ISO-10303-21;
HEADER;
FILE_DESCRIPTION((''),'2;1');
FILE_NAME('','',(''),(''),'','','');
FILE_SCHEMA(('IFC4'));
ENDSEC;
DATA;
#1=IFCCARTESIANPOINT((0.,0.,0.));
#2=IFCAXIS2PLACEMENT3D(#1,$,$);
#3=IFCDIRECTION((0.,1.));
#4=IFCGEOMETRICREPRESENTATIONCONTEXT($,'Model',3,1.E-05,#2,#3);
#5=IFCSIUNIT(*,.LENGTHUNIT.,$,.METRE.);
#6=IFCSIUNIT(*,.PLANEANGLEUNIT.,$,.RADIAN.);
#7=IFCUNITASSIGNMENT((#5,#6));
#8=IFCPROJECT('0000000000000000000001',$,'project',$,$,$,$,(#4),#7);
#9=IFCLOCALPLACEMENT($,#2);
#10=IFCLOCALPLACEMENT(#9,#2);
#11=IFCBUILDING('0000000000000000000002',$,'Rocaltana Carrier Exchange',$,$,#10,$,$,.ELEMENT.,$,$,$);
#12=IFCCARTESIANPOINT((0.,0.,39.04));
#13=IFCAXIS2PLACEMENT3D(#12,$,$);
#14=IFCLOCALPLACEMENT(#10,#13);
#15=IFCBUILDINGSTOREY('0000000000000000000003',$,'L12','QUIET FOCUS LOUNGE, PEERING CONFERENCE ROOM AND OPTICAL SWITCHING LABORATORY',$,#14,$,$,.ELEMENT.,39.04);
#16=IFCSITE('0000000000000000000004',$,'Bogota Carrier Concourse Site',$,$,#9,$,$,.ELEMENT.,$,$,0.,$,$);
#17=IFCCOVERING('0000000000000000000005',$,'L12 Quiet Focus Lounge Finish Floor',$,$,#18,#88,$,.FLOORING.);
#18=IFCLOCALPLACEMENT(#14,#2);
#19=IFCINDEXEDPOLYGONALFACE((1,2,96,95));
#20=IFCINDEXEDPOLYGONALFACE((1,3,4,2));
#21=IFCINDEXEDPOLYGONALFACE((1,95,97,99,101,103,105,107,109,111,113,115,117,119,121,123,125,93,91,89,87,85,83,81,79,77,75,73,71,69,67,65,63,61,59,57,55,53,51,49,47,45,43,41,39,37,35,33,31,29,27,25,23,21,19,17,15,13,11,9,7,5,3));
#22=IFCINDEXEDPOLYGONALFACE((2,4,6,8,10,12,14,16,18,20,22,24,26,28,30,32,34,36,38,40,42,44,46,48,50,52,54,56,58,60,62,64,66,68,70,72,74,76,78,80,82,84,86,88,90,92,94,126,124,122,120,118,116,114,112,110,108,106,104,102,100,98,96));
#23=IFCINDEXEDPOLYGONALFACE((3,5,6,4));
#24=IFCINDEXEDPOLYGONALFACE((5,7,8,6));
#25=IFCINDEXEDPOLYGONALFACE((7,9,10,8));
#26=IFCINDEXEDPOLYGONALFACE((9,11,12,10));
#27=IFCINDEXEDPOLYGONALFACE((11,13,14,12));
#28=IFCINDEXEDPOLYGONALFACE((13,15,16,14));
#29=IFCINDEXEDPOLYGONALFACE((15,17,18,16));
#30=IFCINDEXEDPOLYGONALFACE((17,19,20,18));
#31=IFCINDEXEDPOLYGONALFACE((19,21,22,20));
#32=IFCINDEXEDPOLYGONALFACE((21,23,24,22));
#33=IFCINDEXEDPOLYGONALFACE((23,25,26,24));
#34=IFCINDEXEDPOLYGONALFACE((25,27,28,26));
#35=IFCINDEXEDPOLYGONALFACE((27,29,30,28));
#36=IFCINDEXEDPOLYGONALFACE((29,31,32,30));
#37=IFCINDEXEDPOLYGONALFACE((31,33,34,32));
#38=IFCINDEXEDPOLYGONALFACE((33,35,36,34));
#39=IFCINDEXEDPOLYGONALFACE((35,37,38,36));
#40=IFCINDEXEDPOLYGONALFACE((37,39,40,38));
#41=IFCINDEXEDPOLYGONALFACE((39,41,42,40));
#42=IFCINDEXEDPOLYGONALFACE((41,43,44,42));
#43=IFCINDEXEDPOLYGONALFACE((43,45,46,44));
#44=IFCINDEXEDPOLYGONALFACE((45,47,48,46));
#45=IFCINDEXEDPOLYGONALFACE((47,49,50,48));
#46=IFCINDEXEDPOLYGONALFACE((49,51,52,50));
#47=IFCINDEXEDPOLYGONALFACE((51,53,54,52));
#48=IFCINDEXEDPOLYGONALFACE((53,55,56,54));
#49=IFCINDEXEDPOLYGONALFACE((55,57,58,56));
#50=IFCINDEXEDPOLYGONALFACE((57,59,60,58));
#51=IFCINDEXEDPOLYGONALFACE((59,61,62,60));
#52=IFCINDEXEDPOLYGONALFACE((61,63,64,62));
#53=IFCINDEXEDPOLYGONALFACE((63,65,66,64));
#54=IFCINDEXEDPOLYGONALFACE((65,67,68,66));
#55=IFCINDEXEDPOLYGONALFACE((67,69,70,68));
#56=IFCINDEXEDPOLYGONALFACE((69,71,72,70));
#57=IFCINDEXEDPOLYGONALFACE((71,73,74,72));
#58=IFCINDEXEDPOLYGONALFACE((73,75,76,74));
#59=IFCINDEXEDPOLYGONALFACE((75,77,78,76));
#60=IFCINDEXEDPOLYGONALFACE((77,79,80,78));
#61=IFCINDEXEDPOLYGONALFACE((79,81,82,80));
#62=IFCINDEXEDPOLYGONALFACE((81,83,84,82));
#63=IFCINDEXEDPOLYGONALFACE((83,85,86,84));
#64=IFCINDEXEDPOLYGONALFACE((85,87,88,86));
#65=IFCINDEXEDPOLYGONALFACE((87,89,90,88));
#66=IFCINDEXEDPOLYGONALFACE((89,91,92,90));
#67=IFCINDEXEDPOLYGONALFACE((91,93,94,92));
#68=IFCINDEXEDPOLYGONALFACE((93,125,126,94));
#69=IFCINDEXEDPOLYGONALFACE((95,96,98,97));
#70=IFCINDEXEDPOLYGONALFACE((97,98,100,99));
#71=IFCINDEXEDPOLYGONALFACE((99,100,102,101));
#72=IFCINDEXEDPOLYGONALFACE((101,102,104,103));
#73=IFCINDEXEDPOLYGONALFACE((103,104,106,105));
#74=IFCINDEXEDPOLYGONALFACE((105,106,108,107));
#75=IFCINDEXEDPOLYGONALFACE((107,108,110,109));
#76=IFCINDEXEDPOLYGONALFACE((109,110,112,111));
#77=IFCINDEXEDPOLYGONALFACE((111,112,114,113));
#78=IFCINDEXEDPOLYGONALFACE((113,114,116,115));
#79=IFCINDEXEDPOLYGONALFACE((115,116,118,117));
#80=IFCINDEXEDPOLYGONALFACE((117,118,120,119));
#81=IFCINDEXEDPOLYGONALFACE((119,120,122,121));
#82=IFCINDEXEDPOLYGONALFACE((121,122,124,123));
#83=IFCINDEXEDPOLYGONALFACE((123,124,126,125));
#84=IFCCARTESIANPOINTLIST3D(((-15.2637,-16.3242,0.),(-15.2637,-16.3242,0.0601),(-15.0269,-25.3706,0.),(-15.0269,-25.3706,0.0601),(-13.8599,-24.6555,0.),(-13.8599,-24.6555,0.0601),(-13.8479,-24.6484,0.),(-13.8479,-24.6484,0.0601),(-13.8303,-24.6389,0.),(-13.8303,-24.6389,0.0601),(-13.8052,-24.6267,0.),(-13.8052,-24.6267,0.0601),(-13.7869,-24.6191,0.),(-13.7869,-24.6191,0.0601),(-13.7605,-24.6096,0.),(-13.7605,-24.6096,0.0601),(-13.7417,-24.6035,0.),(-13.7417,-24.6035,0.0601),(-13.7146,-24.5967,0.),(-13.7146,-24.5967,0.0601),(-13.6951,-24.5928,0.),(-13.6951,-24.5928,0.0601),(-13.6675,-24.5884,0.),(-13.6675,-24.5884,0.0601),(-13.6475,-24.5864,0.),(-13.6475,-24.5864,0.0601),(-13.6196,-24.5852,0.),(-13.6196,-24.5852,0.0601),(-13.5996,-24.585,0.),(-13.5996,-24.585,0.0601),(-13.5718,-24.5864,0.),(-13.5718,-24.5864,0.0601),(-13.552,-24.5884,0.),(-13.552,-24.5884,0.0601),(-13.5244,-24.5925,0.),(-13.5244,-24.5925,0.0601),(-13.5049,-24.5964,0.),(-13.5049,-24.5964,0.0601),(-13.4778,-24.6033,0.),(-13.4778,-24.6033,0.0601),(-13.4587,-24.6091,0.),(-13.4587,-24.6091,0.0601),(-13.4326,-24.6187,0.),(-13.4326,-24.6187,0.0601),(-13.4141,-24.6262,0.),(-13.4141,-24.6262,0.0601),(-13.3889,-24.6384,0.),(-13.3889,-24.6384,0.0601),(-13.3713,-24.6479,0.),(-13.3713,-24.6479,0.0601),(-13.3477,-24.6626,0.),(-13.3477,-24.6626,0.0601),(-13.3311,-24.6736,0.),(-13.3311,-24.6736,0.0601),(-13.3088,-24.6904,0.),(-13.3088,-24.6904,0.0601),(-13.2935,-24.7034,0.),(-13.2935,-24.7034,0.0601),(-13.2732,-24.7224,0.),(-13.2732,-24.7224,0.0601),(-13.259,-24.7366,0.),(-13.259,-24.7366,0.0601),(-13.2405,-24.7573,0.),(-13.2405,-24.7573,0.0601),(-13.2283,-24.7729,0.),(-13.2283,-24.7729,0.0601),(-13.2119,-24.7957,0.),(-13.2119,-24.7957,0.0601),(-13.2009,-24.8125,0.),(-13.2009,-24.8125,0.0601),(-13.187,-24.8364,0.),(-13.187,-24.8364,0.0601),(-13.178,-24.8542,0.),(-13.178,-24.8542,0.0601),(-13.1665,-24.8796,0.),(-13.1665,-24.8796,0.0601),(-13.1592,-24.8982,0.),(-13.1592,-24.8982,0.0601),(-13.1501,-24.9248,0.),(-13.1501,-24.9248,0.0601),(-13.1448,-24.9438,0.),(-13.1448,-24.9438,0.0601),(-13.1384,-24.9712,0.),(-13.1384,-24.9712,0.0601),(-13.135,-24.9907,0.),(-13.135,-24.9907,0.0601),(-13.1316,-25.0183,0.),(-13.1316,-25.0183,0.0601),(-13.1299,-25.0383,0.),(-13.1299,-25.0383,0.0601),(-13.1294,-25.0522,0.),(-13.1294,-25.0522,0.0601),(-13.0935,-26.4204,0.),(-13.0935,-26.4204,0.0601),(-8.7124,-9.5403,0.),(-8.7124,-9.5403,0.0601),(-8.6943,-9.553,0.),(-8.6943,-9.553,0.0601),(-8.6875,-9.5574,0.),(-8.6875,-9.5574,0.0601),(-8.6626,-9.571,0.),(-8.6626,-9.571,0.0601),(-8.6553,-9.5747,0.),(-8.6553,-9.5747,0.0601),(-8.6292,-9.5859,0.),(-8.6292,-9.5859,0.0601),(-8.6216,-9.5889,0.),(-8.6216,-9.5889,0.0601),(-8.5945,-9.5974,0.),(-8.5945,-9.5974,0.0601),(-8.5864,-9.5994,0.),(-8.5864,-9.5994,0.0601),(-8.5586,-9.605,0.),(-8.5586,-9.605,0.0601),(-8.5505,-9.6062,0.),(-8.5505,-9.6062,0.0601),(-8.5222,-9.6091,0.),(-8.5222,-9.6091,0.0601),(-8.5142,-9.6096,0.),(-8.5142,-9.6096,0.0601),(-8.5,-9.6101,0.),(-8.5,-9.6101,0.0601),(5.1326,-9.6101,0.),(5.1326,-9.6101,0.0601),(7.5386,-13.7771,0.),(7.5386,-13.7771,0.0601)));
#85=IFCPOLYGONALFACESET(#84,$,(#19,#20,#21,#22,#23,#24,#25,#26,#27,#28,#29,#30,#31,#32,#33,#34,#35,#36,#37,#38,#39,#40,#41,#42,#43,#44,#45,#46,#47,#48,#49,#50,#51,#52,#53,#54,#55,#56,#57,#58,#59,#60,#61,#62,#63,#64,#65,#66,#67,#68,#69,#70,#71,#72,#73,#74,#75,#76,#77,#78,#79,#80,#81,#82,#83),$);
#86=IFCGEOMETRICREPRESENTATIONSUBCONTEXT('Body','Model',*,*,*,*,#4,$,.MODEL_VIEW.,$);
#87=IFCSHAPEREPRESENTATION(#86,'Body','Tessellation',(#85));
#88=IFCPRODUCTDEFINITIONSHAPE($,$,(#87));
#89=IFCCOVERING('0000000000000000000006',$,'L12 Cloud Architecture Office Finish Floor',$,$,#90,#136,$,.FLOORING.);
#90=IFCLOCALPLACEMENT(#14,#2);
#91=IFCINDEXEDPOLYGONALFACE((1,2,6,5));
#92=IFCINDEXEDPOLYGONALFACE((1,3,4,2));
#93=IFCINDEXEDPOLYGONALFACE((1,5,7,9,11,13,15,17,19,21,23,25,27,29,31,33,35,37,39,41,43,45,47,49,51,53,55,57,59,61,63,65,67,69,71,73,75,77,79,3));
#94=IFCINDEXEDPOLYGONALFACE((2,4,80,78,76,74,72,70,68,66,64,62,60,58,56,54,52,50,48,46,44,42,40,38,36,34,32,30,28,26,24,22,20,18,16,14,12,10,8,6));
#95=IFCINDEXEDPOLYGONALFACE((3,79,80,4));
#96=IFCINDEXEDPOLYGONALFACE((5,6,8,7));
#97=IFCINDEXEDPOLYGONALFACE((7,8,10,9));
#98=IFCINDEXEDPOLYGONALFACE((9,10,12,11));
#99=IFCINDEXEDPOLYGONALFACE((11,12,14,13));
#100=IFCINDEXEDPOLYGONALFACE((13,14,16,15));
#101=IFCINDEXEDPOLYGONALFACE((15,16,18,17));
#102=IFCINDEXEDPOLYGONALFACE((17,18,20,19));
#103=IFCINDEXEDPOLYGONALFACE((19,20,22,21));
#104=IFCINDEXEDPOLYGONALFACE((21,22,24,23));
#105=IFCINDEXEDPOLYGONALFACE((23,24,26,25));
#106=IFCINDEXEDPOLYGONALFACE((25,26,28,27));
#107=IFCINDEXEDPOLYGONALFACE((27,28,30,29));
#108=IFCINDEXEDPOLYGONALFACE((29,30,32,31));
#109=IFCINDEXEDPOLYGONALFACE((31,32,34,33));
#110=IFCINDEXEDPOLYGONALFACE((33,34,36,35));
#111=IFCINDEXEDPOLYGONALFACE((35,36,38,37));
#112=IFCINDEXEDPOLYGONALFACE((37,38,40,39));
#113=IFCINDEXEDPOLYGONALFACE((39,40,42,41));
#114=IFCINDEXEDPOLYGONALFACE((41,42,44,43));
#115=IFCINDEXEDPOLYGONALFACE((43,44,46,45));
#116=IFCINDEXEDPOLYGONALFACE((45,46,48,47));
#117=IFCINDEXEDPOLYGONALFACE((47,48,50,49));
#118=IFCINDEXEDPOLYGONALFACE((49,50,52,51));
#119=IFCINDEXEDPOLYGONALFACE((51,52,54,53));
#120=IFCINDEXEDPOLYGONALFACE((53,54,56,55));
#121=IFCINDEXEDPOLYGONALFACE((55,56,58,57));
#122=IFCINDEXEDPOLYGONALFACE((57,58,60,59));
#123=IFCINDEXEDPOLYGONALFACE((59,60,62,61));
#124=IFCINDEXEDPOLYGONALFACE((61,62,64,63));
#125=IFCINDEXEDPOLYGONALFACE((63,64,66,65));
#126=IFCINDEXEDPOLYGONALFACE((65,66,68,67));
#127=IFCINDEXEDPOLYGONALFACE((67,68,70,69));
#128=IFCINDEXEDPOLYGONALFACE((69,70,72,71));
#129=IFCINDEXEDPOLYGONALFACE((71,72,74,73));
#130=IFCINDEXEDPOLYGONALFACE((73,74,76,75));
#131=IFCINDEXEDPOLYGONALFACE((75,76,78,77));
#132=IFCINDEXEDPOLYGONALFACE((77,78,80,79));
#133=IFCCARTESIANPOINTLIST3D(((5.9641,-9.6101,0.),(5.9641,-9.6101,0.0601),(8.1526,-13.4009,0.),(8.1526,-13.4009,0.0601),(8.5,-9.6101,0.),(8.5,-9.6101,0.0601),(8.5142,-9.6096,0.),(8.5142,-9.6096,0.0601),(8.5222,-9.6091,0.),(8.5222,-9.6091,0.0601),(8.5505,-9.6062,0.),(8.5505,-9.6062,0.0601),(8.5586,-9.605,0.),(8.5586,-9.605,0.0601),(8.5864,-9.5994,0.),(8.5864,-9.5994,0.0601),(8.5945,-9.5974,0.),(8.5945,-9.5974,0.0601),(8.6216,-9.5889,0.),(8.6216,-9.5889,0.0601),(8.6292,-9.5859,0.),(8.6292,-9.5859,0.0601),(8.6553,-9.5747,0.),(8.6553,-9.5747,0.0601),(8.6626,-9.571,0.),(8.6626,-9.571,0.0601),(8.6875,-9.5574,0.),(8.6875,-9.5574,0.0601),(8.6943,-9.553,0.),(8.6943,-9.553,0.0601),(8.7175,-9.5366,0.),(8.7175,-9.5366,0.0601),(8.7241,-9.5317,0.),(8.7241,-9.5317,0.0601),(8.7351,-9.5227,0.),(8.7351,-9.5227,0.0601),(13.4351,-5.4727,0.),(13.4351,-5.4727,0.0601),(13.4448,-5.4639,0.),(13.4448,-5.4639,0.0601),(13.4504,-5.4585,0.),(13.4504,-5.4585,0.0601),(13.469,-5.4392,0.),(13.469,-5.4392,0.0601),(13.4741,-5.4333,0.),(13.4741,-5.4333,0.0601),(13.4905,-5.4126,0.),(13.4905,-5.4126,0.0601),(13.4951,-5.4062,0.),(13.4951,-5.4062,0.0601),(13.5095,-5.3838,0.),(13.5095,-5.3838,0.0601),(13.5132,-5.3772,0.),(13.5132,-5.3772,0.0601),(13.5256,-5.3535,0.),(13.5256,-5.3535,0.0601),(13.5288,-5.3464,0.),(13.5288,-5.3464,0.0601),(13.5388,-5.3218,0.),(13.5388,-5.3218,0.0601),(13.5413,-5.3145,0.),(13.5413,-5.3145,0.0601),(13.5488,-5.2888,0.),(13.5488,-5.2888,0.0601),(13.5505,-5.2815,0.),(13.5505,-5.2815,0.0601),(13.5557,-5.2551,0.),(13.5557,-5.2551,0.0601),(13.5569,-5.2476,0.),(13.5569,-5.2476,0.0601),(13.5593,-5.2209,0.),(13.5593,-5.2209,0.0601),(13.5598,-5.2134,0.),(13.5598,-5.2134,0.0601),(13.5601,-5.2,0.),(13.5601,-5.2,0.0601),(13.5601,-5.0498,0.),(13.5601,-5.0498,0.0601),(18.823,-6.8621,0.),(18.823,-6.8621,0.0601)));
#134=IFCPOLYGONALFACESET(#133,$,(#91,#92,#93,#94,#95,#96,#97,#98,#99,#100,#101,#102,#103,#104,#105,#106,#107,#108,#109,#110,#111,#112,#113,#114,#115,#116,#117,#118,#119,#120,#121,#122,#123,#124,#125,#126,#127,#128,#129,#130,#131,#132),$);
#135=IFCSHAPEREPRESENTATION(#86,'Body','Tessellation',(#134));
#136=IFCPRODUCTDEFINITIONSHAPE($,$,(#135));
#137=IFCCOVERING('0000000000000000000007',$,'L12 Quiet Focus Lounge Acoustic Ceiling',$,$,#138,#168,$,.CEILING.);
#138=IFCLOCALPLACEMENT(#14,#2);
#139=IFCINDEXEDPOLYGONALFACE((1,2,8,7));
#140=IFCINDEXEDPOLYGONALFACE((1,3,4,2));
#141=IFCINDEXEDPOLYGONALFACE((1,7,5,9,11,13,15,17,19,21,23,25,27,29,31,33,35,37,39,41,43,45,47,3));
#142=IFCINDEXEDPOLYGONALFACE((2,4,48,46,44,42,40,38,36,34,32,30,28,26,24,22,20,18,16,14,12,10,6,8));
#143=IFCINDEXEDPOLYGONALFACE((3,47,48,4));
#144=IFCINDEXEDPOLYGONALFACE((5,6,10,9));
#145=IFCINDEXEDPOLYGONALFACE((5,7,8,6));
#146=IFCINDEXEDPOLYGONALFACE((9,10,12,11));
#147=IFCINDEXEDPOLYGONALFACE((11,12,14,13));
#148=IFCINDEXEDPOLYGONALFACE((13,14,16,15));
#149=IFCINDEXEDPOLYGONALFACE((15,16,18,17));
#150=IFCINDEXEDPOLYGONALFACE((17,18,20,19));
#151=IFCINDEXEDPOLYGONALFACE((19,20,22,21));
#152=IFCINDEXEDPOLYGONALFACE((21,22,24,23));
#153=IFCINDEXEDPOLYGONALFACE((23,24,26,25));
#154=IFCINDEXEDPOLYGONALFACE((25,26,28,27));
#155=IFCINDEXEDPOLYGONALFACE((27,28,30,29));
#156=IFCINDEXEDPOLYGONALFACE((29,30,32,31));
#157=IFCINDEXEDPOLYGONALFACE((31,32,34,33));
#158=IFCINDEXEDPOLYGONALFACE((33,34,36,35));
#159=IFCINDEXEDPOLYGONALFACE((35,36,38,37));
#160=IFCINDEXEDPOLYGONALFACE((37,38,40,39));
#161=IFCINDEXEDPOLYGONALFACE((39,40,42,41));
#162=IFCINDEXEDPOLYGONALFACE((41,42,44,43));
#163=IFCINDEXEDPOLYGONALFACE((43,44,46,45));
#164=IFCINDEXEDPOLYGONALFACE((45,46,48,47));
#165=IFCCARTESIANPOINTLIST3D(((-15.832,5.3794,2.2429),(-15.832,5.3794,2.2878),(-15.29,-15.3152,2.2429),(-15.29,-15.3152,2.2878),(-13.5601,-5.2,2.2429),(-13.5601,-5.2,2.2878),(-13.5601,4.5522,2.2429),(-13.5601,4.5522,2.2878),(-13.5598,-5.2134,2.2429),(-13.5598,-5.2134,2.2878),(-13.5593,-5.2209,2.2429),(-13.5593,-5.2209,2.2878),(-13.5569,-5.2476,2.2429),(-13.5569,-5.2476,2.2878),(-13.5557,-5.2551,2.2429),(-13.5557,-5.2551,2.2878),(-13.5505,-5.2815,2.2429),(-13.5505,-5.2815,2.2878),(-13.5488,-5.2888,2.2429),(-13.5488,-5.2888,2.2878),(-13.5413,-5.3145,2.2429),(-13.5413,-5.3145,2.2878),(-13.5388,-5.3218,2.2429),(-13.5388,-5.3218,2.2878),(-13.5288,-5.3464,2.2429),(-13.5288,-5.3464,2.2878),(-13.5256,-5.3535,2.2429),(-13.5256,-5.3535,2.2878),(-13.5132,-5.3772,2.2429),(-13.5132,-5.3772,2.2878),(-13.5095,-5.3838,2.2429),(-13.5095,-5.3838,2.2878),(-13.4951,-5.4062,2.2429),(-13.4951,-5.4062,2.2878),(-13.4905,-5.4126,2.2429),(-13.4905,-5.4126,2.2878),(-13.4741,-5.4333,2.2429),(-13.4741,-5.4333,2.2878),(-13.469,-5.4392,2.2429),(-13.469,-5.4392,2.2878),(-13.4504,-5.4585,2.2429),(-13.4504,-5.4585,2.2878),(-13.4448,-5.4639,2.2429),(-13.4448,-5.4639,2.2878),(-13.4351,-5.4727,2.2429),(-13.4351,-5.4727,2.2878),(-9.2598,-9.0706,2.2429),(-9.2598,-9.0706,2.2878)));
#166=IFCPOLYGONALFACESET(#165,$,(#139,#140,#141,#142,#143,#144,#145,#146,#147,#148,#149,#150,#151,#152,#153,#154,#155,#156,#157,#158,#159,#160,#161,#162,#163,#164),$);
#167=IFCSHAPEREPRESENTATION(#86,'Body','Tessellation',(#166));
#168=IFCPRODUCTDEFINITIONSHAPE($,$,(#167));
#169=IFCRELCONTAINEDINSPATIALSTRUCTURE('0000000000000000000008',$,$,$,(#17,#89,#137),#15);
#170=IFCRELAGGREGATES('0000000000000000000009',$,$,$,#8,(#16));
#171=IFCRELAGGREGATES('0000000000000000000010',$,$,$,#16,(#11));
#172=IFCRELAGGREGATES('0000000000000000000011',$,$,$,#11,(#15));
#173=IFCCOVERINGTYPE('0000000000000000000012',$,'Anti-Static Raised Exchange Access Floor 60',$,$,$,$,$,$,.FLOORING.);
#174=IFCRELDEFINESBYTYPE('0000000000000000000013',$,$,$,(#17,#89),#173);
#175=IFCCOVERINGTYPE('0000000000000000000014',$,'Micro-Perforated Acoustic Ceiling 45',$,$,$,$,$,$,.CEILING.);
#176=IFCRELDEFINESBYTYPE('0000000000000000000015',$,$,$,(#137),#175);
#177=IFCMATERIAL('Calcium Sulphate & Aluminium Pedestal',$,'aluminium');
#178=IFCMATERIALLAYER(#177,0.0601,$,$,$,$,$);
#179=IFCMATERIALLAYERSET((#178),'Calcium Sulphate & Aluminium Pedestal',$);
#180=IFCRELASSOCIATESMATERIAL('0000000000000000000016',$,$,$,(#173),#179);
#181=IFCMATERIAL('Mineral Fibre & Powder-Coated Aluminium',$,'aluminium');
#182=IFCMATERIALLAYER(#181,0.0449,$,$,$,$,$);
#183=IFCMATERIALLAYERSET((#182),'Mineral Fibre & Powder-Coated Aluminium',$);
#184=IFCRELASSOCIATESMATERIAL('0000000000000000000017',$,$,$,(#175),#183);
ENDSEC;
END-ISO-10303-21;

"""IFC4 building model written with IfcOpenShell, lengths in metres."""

from ifc_helpers import new_model, si_unit, direction, frame, origin, place, context, subcontext, project, spatial, polyline, outline, extrude, material, layer, layer_set, type_object, element, save


model = new_model("IFC4")

# Units and contexts
model_context = context("Model", 3, precision=1e-05, world=origin(), true_north=direction((0.0, 1.0)))
body_context = subcontext(model_context, "Body", "Model", "MODEL_VIEW")
ifc_project = project(units=[si_unit("LENGTHUNIT", "METRE"), si_unit("PLANEANGLEUNIT", "RADIAN")], contexts=[model_context])

# Site, building, storey
site_placement = place(None, origin())
site = spatial("IfcSite", under=ifc_project, at=site_placement, Name="Bogota Carrier Concourse Site", CompositionType="ELEMENT", RefElevation=0.0)
building_placement = place(site_placement, origin())
building = spatial("IfcBuilding", under=site, at=building_placement, Name="Rocaltana Carrier Exchange", CompositionType="ELEMENT")
storey_placement = place(building_placement, frame((0.0, 0.0, 39.04)))
storey = spatial("IfcBuildingStorey", under=building, at=storey_placement, Name="L12", Description="QUIET FOCUS LOUNGE, PEERING CONFERENCE ROOM AND OPTICAL SWITCHING LABORATORY", CompositionType="ELEMENT", Elevation=39.04)

# Coverings
ifc_material_1 = material(Name="Calcium Sulphate & Aluminium Pedestal", Category="aluminium")
ifc_layer_1 = layer(ifc_material_1, 0.0601)
ifc_layer_set_1 = layer_set([ifc_layer_1], Name="Calcium Sulphate & Aluminium Pedestal")
covering_type_1 = type_object("IfcCoveringType", Name="Anti-Static Raised Exchange Access Floor 60", PredefinedType="FLOORING", material=ifc_layer_set_1)
covering_1_placement = place(storey_placement, origin())
element("IfcCovering", 1, at=covering_1_placement, inside=storey, type_object=covering_type_1, Name="L12 Quiet Focus Lounge Finish Floor", PredefinedType="FLOORING", context=body_context, shape_type="SweptSolid", body=[
    extrude(outline(polyline([(-13.1294, -25.0522), (-13.1299, -25.0383), (-13.1316, -25.0183), (-13.135, -24.9907), (-13.1384, -24.9712), (-13.1448, -24.9438), (-13.1501, -24.9248), (-13.1592, -24.8982), (-13.1665, -24.8796), (-13.178, -24.8542), (-13.187, -24.8364), (-13.2009, -24.8125), (-13.2119, -24.7957), (-13.2283, -24.7729), (-13.2405, -24.7573), (-13.259, -24.7366), (-13.2732, -24.7224), (-13.2935, -24.7034), (-13.3088, -24.6904), (-13.3311, -24.6736), (-13.3477, -24.6626), (-13.3713, -24.6479), (-13.3889, -24.6384), (-13.4141, -24.6262), (-13.4326, -24.6187), (-13.4587, -24.6091), (-13.4778, -24.6033), (-13.5049, -24.5964), (-13.5244, -24.5925), (-13.552, -24.5884), (-13.5718, -24.5864), (-13.5996, -24.585), (-13.6196, -24.5852), (-13.6475, -24.5864), (-13.6675, -24.5884), (-13.6951, -24.5928), (-13.7146, -24.5967), (-13.7417, -24.6035), (-13.7605, -24.6096), (-13.7869, -24.6191), (-13.8052, -24.6267), (-13.8303, -24.6389), (-13.8479, -24.6484), (-13.8599, -24.6555), (-15.0269, -25.3706), (-15.2637, -16.3242), (-8.7124, -9.5403), (-8.6943, -9.553), (-8.6875, -9.5574), (-8.6626, -9.571), (-8.6553, -9.5747), (-8.6292, -9.5859), (-8.6216, -9.5889), (-8.5945, -9.5974), (-8.5864, -9.5994), (-8.5586, -9.605), (-8.5505, -9.6062), (-8.5222, -9.6091), (-8.5142, -9.6096), (-8.5, -9.6101), (5.1326, -9.6101), (7.5386, -13.7771), (-13.0935, -26.4204), (-13.1294, -25.0522)])), origin(), (0.0, 0.0, 1.0), 0.0601),
])
covering_2_placement = place(storey_placement, origin())
element("IfcCovering", 2, at=covering_2_placement, inside=storey, type_object=covering_type_1, Name="L12 Cloud Architecture Office Finish Floor", PredefinedType="FLOORING", context=body_context, shape_type="SweptSolid", body=[
    extrude(outline(polyline([(8.1526, -13.4009), (5.9641, -9.6101), (8.5, -9.6101), (8.5142, -9.6096), (8.5222, -9.6091), (8.5505, -9.6062), (8.5586, -9.605), (8.5864, -9.5994), (8.5945, -9.5974), (8.6216, -9.5889), (8.6292, -9.5859), (8.6553, -9.5747), (8.6626, -9.571), (8.6875, -9.5574), (8.6943, -9.553), (8.7175, -9.5366), (8.7241, -9.5317), (8.7351, -9.5227), (13.4351, -5.4727), (13.4448, -5.4639), (13.4504, -5.4585), (13.469, -5.4392), (13.4741, -5.4333), (13.4905, -5.4126), (13.4951, -5.4062), (13.5095, -5.3838), (13.5132, -5.3772), (13.5256, -5.3535), (13.5288, -5.3464), (13.5388, -5.3218), (13.5413, -5.3145), (13.5488, -5.2888), (13.5505, -5.2815), (13.5557, -5.2551), (13.5569, -5.2476), (13.5593, -5.2209), (13.5598, -5.2134), (13.5601, -5.2), (13.5601, -5.0498), (18.823, -6.8621), (8.1526, -13.4009)])), origin(), (0.0, 0.0, 1.0), 0.0601),
])
ifc_material_2 = material(Name="Mineral Fibre & Powder-Coated Aluminium", Category="aluminium")
ifc_layer_2 = layer(ifc_material_2, 0.0449)
ifc_layer_set_2 = layer_set([ifc_layer_2], Name="Mineral Fibre & Powder-Coated Aluminium")
covering_type_2 = type_object("IfcCoveringType", Name="Micro-Perforated Acoustic Ceiling 45", PredefinedType="CEILING", material=ifc_layer_set_2)
covering_3_placement = place(storey_placement, frame((0.0, 0.0, 2.2429)))
element("IfcCovering", 3, at=covering_3_placement, inside=storey, type_object=covering_type_2, Name="L12 Quiet Focus Lounge Acoustic Ceiling", PredefinedType="CEILING", context=body_context, shape_type="SweptSolid", body=[
    extrude(outline(polyline([(-15.832, 5.3794), (-13.5601, 4.5522), (-13.5601, -5.2), (-13.5598, -5.2134), (-13.5593, -5.2209), (-13.5569, -5.2476), (-13.5557, -5.2551), (-13.5505, -5.2815), (-13.5488, -5.2888), (-13.5413, -5.3145), (-13.5388, -5.3218), (-13.5288, -5.3464), (-13.5256, -5.3535), (-13.5132, -5.3772), (-13.5095, -5.3838), (-13.4951, -5.4062), (-13.4905, -5.4126), (-13.4741, -5.4333), (-13.469, -5.4392), (-13.4504, -5.4585), (-13.4448, -5.4639), (-13.4351, -5.4727), (-9.2598, -9.0706), (-15.29, -15.3152), (-15.832, 5.3794)])), origin(), (0.0, 0.0, 1.0), 0.0449),
])

save(model, "model.ifc")
